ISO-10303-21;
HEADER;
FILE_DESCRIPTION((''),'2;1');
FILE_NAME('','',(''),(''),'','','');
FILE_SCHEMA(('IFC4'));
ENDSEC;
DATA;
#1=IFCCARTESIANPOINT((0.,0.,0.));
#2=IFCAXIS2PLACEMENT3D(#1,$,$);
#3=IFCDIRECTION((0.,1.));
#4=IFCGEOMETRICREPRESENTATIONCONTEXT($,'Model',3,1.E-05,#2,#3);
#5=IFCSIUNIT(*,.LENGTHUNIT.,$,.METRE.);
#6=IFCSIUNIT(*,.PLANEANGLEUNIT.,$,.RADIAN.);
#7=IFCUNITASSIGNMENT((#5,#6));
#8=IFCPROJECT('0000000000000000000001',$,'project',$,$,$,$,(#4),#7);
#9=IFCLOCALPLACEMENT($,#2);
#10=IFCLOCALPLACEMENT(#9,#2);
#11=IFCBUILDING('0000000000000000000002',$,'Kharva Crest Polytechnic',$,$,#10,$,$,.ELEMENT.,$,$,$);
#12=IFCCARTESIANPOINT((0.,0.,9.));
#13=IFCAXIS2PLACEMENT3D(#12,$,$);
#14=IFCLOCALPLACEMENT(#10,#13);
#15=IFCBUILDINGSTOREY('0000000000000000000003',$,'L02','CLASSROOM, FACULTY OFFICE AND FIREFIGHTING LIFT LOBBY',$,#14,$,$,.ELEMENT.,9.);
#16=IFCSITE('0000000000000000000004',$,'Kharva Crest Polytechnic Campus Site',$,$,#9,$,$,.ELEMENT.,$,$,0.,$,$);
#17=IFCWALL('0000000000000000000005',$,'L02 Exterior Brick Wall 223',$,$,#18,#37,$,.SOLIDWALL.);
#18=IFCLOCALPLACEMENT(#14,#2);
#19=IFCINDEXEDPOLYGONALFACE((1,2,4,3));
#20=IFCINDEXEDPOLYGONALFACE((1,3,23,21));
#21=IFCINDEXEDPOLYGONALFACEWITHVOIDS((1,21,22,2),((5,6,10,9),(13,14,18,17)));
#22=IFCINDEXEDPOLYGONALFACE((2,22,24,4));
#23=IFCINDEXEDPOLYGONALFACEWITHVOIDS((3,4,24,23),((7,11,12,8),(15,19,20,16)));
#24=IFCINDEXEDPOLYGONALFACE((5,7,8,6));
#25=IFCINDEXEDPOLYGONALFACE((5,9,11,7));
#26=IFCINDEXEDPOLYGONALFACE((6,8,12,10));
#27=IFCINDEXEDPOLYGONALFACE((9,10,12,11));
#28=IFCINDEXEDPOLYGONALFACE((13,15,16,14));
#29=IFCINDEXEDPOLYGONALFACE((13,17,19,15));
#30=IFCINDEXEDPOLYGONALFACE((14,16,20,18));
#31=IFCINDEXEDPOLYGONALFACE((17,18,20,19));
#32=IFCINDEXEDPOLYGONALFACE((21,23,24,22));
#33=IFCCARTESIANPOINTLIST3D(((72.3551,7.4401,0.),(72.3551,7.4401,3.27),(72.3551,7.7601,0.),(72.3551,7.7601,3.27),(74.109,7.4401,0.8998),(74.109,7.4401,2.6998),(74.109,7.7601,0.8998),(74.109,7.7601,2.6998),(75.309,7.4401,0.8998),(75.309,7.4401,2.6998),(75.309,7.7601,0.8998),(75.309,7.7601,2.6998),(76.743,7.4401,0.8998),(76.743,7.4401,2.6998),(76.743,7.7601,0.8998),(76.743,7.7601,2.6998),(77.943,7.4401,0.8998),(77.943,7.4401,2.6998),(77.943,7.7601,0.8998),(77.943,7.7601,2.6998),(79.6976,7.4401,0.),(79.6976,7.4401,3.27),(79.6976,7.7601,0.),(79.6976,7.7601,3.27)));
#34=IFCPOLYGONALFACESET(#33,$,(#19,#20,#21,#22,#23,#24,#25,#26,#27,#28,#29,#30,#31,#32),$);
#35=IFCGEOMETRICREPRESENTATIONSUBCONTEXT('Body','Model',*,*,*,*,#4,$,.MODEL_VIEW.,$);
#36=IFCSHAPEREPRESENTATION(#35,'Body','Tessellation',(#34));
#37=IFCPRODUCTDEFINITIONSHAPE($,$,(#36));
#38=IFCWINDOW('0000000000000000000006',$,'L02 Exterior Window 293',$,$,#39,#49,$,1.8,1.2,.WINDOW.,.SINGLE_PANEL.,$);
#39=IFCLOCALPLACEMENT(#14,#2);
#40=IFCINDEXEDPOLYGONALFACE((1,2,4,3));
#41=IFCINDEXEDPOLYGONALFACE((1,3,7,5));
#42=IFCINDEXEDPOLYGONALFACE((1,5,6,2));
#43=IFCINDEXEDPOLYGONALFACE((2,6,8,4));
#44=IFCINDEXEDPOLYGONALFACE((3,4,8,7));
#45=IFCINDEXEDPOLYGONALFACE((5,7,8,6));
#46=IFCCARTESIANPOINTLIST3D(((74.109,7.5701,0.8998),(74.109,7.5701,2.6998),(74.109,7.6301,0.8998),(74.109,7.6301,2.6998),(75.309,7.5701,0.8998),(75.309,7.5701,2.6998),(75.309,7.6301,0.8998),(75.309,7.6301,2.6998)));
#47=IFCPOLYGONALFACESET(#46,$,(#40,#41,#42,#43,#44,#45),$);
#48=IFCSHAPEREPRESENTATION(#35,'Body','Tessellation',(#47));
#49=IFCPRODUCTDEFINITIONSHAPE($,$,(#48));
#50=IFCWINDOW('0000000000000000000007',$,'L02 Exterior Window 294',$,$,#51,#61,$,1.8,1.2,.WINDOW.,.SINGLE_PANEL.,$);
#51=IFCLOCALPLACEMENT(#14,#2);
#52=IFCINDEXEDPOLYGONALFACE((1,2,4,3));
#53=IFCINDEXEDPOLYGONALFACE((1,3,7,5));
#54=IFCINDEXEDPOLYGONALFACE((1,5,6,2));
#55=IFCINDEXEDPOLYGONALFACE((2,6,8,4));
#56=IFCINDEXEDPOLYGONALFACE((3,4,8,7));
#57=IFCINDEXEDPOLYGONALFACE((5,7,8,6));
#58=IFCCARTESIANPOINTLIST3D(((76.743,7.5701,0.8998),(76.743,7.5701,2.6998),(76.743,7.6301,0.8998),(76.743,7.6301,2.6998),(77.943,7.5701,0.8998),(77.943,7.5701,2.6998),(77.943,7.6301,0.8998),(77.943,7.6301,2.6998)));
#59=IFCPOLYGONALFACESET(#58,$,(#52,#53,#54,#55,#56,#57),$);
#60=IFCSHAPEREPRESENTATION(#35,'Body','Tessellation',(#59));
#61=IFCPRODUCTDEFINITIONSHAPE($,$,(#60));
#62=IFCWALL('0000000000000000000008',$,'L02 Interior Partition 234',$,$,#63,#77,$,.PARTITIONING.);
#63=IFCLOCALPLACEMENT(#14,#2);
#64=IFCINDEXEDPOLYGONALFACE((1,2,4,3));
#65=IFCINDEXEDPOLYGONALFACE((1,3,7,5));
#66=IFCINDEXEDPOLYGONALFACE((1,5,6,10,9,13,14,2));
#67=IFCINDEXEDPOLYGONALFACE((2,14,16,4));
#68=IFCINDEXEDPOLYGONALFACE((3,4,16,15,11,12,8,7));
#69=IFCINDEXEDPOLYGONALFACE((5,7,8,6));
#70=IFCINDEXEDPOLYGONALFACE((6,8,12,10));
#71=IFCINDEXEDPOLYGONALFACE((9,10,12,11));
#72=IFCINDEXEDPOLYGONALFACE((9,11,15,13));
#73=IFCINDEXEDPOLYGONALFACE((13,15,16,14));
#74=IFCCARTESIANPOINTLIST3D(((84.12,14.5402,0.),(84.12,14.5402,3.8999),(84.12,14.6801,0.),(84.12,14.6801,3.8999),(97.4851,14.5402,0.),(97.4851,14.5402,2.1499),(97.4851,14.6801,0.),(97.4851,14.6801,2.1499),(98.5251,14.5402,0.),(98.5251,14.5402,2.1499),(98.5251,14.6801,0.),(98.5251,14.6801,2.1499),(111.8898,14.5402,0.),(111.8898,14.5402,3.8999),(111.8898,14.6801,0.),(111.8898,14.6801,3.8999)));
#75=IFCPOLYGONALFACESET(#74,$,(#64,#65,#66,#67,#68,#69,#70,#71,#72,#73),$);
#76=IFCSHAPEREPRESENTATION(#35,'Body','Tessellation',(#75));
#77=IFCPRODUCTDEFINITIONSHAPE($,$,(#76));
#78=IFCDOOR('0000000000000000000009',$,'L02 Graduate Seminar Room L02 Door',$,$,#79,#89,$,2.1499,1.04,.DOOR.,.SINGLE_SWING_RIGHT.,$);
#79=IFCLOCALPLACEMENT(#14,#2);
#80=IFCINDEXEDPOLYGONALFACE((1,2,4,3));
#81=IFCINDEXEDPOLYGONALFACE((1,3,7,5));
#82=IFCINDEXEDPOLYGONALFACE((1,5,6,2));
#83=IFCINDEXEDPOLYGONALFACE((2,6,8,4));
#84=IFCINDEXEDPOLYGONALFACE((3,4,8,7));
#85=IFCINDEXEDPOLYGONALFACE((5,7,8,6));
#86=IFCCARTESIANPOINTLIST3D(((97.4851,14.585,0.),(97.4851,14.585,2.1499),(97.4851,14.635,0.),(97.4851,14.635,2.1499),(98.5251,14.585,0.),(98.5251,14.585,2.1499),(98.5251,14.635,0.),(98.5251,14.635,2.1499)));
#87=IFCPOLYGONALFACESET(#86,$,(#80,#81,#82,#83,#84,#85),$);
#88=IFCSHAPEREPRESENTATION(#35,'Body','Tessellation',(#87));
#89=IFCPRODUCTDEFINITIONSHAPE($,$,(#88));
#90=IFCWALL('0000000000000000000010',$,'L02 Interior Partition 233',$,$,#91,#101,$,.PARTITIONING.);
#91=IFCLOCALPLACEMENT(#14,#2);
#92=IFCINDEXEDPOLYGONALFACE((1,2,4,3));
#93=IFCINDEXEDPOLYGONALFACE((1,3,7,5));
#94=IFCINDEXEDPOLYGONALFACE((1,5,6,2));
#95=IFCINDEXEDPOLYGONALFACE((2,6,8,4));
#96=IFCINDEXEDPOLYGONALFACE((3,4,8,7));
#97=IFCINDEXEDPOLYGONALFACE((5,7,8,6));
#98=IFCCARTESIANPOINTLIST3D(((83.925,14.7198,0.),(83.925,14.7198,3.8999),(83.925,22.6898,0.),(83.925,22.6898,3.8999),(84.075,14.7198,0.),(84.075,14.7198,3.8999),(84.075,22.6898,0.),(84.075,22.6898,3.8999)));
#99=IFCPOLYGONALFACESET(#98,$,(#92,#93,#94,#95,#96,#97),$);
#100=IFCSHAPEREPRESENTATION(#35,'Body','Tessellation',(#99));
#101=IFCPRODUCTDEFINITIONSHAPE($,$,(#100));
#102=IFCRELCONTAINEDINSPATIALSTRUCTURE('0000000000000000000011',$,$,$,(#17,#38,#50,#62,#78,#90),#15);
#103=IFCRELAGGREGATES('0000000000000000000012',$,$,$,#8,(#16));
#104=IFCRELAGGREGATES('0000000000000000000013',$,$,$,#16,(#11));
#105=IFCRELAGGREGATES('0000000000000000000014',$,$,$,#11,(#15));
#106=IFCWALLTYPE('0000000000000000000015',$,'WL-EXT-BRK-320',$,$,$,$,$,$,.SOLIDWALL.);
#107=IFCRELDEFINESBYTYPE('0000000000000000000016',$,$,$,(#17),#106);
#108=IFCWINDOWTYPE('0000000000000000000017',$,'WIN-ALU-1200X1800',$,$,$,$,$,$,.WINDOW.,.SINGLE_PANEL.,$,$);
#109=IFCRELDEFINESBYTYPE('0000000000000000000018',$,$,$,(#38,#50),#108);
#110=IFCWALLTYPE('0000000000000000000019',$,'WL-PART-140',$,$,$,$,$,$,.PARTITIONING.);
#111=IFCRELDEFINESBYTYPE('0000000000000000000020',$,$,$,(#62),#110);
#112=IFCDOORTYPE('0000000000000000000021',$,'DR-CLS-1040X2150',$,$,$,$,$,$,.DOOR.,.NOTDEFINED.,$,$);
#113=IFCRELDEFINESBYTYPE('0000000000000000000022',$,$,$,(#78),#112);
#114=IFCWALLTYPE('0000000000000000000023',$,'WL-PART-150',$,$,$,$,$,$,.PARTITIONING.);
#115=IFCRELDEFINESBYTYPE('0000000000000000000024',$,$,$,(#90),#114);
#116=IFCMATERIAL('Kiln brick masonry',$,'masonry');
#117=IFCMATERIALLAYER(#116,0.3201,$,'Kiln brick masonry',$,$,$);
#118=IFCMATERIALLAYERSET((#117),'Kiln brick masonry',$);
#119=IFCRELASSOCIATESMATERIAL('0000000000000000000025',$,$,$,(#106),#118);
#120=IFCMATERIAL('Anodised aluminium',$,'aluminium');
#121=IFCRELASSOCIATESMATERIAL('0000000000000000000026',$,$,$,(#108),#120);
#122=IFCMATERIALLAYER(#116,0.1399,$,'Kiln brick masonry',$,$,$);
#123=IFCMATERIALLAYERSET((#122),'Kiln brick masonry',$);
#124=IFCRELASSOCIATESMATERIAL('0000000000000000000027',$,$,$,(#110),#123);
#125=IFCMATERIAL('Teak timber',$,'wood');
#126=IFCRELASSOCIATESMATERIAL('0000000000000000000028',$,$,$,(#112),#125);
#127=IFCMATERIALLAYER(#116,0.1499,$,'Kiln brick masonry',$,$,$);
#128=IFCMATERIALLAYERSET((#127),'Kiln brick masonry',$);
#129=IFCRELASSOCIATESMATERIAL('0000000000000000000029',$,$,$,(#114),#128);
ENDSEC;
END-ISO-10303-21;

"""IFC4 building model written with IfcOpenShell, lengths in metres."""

from ifc_helpers import new_model, si_unit, direction, frame, frame_2d, origin, place, context, subcontext, project, spatial, rectangle, extrude, material, layer, layer_set, type_object, element, fill, save


model = new_model("IFC4")

# Units and contexts
model_context = context("Model", 3, precision=1e-05, world=origin(), true_north=direction((0.0, 1.0)))
body_context = subcontext(model_context, "Body", "Model", "MODEL_VIEW")
ifc_project = project(units=[si_unit("LENGTHUNIT", "METRE"), si_unit("PLANEANGLEUNIT", "RADIAN")], contexts=[model_context])

# Site, building, storey
site_placement = place(None, origin())
site = spatial("IfcSite", under=ifc_project, at=site_placement, Name="Kharva Crest Polytechnic Campus Site", CompositionType="ELEMENT", RefElevation=0.0)
building_placement = place(site_placement, origin())
building = spatial("IfcBuilding", under=site, at=building_placement, Name="Kharva Crest Polytechnic", CompositionType="ELEMENT")
storey_placement = place(building_placement, frame((0.0, 0.0, 9.0)))
storey = spatial("IfcBuildingStorey", under=building, at=storey_placement, Name="L02", Description="CLASSROOM, FACULTY OFFICE AND FIREFIGHTING LIFT LOBBY", CompositionType="ELEMENT", Elevation=9.0)

# Wall, openings, windows
ifc_material_1 = material(Name="Kiln brick masonry", Category="masonry")
ifc_material_2 = material(Name="Anodised aluminium", Category="aluminium")
ifc_layer_1 = layer(ifc_material_1, 0.3201, Name="Kiln brick masonry")
ifc_layer_set_1 = layer_set([ifc_layer_1], Name="Kiln brick masonry")
wall_type_1 = type_object("IfcWallType", Name="WL-EXT-BRK-320", PredefinedType="SOLIDWALL", material=ifc_layer_set_1)
wall_1_placement = place(storey_placement, frame((72.355, 7.6001, 0.0), z_axis=(0.0, 0.0, 1.0), x_axis=(1.0, 0.0, 0.0)))
wall_1 = element("IfcWall", 1, at=wall_1_placement, inside=storey, type_object=wall_type_1, Name="L02 Exterior Brick Wall 223", PredefinedType="SOLIDWALL", context=body_context, shape_type="SweptSolid", body=[
    extrude(rectangle(XDim=7.3425, YDim=0.3201, at=frame_2d((3.6714, 0.0))), origin(), (0.0, 0.0, 1.0), 3.27),
])
opening_1_placement = place(wall_1_placement, frame((1.7539, 0.0, 0.8999)))
opening_1 = element("IfcOpeningElement", 2, at=opening_1_placement, cuts=wall_1, PredefinedType="OPENING", context=body_context, shape_type="SweptSolid", body=[
    extrude(rectangle(XDim=1.2, YDim=1.8, at=frame_2d((0.6001, 0.8999))), frame((0.0, 0.1699, 0.0), z_axis=(0.0, -1.0, 0.0), x_axis=(1.0, 0.0, 0.0)), (0.0, 0.0, 1.0), 0.3401),
])
opening_2_placement = place(wall_1_placement, frame((4.3879, 0.0, 0.8999)))
opening_2 = element("IfcOpeningElement", 3, at=opening_2_placement, cuts=wall_1, PredefinedType="OPENING", context=body_context, shape_type="SweptSolid", body=[
    extrude(rectangle(XDim=1.2, YDim=1.8, at=frame_2d((0.6001, 0.8999))), frame((0.0, 0.1699, 0.0), z_axis=(0.0, -1.0, 0.0), x_axis=(1.0, 0.0, 0.0)), (0.0, 0.0, 1.0), 0.3401),
])
window_type_1 = type_object("IfcWindowType", Name="WIN-ALU-1200X1800", PartitioningType="SINGLE_PANEL", PredefinedType="WINDOW", material=ifc_material_2)
window_1_placement = place(opening_1_placement, origin())
window_1 = element("IfcWindow", 4, at=window_1_placement, inside=storey, type_object=window_type_1, Name="L02 Exterior Window 293", OverallHeight=1.8, OverallWidth=1.2, PartitioningType="SINGLE_PANEL", PredefinedType="WINDOW", context=body_context, shape_type="SweptSolid", body=[
    extrude(rectangle(XDim=1.2, YDim=1.8, at=frame_2d((0.6001, 0.8999))), frame((0.0, 0.03, 0.0), z_axis=(0.0, -1.0, 0.0), x_axis=(1.0, 0.0, 0.0)), (0.0, 0.0, 1.0), 0.0601),
])
fill(opening_1, window_1)
window_2_placement = place(opening_2_placement, origin())
window_2 = element("IfcWindow", 5, at=window_2_placement, inside=storey, type_object=window_type_1, Name="L02 Exterior Window 294", OverallHeight=1.8, OverallWidth=1.2, PartitioningType="SINGLE_PANEL", PredefinedType="WINDOW", context=body_context, shape_type="SweptSolid", body=[
    extrude(rectangle(XDim=1.2, YDim=1.8, at=frame_2d((0.6001, 0.8999))), frame((0.0, 0.03, 0.0), z_axis=(0.0, -1.0, 0.0), x_axis=(1.0, 0.0, 0.0)), (0.0, 0.0, 1.0), 0.0601),
])
fill(opening_2, window_2)

# Wall, opening, door
ifc_layer_2 = layer(ifc_material_1, 0.1399, Name="Kiln brick masonry")
ifc_layer_set_2 = layer_set([ifc_layer_2], Name="Kiln brick masonry")
wall_type_2 = type_object("IfcWallType", Name="WL-PART-140", PredefinedType="PARTITIONING", material=ifc_layer_set_2)
wall_2_placement = place(storey_placement, frame((84.1201, 14.6101, 0.0), z_axis=(0.0, 0.0, 1.0), x_axis=(1.0, 0.0, 0.0)))
wall_2 = element("IfcWall", 6, at=wall_2_placement, inside=storey, type_object=wall_type_2, Name="L02 Interior Partition 234", PredefinedType="PARTITIONING", context=body_context, shape_type="SweptSolid", body=[
    extrude(rectangle(XDim=27.7698, YDim=0.1399, at=frame_2d((13.8848, 0.0))), origin(), (0.0, 0.0, 1.0), 3.8999),
])
opening_3_placement = place(wall_2_placement, frame((13.365, 0.0, 0.0)))
opening_3 = element("IfcOpeningElement", 7, at=opening_3_placement, cuts=wall_2, PredefinedType="OPENING", context=body_context, shape_type="SweptSolid", body=[
    extrude(rectangle(XDim=1.04, YDim=2.1499, at=frame_2d((0.52, 1.075))), frame((0.0, 0.0798, 0.0), z_axis=(0.0, -1.0, 0.0), x_axis=(1.0, 0.0, 0.0)), (0.0, 0.0, 1.0), 0.1599),
])
ifc_material_3 = material(Name="Teak timber", Category="wood")
door_type = type_object("IfcDoorType", Name="DR-CLS-1040X2150", OperationType="NOTDEFINED", PredefinedType="DOOR", material=ifc_material_3)
door_placement = place(opening_3_placement, origin())
door = element("IfcDoor", 8, at=door_placement, inside=storey, type_object=door_type, Name="L02 Graduate Seminar Room L02 Door", OperationType="SINGLE_SWING_RIGHT", OverallHeight=2.1499, OverallWidth=1.04, PredefinedType="DOOR", context=body_context, shape_type="SweptSolid", body=[
    extrude(rectangle(XDim=1.04, YDim=2.1499, at=frame_2d((0.52, 1.075))), frame((0.0, 0.0249, 0.0), z_axis=(0.0, -1.0, 0.0), x_axis=(1.0, 0.0, 0.0)), (0.0, 0.0, 1.0), 0.05),
])
fill(opening_3, door)

# Wall
ifc_layer_3 = layer(ifc_material_1, 0.1499, Name="Kiln brick masonry")
ifc_layer_set_3 = layer_set([ifc_layer_3], Name="Kiln brick masonry")
wall_type_3 = type_object("IfcWallType", Name="WL-PART-150", PredefinedType="PARTITIONING", material=ifc_layer_set_3)
wall_3_placement = place(storey_placement, frame((84.0, 14.72, 0.0), z_axis=(0.0, 0.0, 1.0), x_axis=(0.0, 1.0, 0.0)))
element("IfcWall", 9, at=wall_3_placement, inside=storey, type_object=wall_type_3, Name="L02 Interior Partition 233", PredefinedType="PARTITIONING", context=body_context, shape_type="SweptSolid", body=[
    extrude(rectangle(XDim=7.97, YDim=0.1499, at=frame_2d((3.9849, 0.0))), origin(), (0.0, 0.0, 1.0), 3.8999),
])

save(model, "model.ifc")
